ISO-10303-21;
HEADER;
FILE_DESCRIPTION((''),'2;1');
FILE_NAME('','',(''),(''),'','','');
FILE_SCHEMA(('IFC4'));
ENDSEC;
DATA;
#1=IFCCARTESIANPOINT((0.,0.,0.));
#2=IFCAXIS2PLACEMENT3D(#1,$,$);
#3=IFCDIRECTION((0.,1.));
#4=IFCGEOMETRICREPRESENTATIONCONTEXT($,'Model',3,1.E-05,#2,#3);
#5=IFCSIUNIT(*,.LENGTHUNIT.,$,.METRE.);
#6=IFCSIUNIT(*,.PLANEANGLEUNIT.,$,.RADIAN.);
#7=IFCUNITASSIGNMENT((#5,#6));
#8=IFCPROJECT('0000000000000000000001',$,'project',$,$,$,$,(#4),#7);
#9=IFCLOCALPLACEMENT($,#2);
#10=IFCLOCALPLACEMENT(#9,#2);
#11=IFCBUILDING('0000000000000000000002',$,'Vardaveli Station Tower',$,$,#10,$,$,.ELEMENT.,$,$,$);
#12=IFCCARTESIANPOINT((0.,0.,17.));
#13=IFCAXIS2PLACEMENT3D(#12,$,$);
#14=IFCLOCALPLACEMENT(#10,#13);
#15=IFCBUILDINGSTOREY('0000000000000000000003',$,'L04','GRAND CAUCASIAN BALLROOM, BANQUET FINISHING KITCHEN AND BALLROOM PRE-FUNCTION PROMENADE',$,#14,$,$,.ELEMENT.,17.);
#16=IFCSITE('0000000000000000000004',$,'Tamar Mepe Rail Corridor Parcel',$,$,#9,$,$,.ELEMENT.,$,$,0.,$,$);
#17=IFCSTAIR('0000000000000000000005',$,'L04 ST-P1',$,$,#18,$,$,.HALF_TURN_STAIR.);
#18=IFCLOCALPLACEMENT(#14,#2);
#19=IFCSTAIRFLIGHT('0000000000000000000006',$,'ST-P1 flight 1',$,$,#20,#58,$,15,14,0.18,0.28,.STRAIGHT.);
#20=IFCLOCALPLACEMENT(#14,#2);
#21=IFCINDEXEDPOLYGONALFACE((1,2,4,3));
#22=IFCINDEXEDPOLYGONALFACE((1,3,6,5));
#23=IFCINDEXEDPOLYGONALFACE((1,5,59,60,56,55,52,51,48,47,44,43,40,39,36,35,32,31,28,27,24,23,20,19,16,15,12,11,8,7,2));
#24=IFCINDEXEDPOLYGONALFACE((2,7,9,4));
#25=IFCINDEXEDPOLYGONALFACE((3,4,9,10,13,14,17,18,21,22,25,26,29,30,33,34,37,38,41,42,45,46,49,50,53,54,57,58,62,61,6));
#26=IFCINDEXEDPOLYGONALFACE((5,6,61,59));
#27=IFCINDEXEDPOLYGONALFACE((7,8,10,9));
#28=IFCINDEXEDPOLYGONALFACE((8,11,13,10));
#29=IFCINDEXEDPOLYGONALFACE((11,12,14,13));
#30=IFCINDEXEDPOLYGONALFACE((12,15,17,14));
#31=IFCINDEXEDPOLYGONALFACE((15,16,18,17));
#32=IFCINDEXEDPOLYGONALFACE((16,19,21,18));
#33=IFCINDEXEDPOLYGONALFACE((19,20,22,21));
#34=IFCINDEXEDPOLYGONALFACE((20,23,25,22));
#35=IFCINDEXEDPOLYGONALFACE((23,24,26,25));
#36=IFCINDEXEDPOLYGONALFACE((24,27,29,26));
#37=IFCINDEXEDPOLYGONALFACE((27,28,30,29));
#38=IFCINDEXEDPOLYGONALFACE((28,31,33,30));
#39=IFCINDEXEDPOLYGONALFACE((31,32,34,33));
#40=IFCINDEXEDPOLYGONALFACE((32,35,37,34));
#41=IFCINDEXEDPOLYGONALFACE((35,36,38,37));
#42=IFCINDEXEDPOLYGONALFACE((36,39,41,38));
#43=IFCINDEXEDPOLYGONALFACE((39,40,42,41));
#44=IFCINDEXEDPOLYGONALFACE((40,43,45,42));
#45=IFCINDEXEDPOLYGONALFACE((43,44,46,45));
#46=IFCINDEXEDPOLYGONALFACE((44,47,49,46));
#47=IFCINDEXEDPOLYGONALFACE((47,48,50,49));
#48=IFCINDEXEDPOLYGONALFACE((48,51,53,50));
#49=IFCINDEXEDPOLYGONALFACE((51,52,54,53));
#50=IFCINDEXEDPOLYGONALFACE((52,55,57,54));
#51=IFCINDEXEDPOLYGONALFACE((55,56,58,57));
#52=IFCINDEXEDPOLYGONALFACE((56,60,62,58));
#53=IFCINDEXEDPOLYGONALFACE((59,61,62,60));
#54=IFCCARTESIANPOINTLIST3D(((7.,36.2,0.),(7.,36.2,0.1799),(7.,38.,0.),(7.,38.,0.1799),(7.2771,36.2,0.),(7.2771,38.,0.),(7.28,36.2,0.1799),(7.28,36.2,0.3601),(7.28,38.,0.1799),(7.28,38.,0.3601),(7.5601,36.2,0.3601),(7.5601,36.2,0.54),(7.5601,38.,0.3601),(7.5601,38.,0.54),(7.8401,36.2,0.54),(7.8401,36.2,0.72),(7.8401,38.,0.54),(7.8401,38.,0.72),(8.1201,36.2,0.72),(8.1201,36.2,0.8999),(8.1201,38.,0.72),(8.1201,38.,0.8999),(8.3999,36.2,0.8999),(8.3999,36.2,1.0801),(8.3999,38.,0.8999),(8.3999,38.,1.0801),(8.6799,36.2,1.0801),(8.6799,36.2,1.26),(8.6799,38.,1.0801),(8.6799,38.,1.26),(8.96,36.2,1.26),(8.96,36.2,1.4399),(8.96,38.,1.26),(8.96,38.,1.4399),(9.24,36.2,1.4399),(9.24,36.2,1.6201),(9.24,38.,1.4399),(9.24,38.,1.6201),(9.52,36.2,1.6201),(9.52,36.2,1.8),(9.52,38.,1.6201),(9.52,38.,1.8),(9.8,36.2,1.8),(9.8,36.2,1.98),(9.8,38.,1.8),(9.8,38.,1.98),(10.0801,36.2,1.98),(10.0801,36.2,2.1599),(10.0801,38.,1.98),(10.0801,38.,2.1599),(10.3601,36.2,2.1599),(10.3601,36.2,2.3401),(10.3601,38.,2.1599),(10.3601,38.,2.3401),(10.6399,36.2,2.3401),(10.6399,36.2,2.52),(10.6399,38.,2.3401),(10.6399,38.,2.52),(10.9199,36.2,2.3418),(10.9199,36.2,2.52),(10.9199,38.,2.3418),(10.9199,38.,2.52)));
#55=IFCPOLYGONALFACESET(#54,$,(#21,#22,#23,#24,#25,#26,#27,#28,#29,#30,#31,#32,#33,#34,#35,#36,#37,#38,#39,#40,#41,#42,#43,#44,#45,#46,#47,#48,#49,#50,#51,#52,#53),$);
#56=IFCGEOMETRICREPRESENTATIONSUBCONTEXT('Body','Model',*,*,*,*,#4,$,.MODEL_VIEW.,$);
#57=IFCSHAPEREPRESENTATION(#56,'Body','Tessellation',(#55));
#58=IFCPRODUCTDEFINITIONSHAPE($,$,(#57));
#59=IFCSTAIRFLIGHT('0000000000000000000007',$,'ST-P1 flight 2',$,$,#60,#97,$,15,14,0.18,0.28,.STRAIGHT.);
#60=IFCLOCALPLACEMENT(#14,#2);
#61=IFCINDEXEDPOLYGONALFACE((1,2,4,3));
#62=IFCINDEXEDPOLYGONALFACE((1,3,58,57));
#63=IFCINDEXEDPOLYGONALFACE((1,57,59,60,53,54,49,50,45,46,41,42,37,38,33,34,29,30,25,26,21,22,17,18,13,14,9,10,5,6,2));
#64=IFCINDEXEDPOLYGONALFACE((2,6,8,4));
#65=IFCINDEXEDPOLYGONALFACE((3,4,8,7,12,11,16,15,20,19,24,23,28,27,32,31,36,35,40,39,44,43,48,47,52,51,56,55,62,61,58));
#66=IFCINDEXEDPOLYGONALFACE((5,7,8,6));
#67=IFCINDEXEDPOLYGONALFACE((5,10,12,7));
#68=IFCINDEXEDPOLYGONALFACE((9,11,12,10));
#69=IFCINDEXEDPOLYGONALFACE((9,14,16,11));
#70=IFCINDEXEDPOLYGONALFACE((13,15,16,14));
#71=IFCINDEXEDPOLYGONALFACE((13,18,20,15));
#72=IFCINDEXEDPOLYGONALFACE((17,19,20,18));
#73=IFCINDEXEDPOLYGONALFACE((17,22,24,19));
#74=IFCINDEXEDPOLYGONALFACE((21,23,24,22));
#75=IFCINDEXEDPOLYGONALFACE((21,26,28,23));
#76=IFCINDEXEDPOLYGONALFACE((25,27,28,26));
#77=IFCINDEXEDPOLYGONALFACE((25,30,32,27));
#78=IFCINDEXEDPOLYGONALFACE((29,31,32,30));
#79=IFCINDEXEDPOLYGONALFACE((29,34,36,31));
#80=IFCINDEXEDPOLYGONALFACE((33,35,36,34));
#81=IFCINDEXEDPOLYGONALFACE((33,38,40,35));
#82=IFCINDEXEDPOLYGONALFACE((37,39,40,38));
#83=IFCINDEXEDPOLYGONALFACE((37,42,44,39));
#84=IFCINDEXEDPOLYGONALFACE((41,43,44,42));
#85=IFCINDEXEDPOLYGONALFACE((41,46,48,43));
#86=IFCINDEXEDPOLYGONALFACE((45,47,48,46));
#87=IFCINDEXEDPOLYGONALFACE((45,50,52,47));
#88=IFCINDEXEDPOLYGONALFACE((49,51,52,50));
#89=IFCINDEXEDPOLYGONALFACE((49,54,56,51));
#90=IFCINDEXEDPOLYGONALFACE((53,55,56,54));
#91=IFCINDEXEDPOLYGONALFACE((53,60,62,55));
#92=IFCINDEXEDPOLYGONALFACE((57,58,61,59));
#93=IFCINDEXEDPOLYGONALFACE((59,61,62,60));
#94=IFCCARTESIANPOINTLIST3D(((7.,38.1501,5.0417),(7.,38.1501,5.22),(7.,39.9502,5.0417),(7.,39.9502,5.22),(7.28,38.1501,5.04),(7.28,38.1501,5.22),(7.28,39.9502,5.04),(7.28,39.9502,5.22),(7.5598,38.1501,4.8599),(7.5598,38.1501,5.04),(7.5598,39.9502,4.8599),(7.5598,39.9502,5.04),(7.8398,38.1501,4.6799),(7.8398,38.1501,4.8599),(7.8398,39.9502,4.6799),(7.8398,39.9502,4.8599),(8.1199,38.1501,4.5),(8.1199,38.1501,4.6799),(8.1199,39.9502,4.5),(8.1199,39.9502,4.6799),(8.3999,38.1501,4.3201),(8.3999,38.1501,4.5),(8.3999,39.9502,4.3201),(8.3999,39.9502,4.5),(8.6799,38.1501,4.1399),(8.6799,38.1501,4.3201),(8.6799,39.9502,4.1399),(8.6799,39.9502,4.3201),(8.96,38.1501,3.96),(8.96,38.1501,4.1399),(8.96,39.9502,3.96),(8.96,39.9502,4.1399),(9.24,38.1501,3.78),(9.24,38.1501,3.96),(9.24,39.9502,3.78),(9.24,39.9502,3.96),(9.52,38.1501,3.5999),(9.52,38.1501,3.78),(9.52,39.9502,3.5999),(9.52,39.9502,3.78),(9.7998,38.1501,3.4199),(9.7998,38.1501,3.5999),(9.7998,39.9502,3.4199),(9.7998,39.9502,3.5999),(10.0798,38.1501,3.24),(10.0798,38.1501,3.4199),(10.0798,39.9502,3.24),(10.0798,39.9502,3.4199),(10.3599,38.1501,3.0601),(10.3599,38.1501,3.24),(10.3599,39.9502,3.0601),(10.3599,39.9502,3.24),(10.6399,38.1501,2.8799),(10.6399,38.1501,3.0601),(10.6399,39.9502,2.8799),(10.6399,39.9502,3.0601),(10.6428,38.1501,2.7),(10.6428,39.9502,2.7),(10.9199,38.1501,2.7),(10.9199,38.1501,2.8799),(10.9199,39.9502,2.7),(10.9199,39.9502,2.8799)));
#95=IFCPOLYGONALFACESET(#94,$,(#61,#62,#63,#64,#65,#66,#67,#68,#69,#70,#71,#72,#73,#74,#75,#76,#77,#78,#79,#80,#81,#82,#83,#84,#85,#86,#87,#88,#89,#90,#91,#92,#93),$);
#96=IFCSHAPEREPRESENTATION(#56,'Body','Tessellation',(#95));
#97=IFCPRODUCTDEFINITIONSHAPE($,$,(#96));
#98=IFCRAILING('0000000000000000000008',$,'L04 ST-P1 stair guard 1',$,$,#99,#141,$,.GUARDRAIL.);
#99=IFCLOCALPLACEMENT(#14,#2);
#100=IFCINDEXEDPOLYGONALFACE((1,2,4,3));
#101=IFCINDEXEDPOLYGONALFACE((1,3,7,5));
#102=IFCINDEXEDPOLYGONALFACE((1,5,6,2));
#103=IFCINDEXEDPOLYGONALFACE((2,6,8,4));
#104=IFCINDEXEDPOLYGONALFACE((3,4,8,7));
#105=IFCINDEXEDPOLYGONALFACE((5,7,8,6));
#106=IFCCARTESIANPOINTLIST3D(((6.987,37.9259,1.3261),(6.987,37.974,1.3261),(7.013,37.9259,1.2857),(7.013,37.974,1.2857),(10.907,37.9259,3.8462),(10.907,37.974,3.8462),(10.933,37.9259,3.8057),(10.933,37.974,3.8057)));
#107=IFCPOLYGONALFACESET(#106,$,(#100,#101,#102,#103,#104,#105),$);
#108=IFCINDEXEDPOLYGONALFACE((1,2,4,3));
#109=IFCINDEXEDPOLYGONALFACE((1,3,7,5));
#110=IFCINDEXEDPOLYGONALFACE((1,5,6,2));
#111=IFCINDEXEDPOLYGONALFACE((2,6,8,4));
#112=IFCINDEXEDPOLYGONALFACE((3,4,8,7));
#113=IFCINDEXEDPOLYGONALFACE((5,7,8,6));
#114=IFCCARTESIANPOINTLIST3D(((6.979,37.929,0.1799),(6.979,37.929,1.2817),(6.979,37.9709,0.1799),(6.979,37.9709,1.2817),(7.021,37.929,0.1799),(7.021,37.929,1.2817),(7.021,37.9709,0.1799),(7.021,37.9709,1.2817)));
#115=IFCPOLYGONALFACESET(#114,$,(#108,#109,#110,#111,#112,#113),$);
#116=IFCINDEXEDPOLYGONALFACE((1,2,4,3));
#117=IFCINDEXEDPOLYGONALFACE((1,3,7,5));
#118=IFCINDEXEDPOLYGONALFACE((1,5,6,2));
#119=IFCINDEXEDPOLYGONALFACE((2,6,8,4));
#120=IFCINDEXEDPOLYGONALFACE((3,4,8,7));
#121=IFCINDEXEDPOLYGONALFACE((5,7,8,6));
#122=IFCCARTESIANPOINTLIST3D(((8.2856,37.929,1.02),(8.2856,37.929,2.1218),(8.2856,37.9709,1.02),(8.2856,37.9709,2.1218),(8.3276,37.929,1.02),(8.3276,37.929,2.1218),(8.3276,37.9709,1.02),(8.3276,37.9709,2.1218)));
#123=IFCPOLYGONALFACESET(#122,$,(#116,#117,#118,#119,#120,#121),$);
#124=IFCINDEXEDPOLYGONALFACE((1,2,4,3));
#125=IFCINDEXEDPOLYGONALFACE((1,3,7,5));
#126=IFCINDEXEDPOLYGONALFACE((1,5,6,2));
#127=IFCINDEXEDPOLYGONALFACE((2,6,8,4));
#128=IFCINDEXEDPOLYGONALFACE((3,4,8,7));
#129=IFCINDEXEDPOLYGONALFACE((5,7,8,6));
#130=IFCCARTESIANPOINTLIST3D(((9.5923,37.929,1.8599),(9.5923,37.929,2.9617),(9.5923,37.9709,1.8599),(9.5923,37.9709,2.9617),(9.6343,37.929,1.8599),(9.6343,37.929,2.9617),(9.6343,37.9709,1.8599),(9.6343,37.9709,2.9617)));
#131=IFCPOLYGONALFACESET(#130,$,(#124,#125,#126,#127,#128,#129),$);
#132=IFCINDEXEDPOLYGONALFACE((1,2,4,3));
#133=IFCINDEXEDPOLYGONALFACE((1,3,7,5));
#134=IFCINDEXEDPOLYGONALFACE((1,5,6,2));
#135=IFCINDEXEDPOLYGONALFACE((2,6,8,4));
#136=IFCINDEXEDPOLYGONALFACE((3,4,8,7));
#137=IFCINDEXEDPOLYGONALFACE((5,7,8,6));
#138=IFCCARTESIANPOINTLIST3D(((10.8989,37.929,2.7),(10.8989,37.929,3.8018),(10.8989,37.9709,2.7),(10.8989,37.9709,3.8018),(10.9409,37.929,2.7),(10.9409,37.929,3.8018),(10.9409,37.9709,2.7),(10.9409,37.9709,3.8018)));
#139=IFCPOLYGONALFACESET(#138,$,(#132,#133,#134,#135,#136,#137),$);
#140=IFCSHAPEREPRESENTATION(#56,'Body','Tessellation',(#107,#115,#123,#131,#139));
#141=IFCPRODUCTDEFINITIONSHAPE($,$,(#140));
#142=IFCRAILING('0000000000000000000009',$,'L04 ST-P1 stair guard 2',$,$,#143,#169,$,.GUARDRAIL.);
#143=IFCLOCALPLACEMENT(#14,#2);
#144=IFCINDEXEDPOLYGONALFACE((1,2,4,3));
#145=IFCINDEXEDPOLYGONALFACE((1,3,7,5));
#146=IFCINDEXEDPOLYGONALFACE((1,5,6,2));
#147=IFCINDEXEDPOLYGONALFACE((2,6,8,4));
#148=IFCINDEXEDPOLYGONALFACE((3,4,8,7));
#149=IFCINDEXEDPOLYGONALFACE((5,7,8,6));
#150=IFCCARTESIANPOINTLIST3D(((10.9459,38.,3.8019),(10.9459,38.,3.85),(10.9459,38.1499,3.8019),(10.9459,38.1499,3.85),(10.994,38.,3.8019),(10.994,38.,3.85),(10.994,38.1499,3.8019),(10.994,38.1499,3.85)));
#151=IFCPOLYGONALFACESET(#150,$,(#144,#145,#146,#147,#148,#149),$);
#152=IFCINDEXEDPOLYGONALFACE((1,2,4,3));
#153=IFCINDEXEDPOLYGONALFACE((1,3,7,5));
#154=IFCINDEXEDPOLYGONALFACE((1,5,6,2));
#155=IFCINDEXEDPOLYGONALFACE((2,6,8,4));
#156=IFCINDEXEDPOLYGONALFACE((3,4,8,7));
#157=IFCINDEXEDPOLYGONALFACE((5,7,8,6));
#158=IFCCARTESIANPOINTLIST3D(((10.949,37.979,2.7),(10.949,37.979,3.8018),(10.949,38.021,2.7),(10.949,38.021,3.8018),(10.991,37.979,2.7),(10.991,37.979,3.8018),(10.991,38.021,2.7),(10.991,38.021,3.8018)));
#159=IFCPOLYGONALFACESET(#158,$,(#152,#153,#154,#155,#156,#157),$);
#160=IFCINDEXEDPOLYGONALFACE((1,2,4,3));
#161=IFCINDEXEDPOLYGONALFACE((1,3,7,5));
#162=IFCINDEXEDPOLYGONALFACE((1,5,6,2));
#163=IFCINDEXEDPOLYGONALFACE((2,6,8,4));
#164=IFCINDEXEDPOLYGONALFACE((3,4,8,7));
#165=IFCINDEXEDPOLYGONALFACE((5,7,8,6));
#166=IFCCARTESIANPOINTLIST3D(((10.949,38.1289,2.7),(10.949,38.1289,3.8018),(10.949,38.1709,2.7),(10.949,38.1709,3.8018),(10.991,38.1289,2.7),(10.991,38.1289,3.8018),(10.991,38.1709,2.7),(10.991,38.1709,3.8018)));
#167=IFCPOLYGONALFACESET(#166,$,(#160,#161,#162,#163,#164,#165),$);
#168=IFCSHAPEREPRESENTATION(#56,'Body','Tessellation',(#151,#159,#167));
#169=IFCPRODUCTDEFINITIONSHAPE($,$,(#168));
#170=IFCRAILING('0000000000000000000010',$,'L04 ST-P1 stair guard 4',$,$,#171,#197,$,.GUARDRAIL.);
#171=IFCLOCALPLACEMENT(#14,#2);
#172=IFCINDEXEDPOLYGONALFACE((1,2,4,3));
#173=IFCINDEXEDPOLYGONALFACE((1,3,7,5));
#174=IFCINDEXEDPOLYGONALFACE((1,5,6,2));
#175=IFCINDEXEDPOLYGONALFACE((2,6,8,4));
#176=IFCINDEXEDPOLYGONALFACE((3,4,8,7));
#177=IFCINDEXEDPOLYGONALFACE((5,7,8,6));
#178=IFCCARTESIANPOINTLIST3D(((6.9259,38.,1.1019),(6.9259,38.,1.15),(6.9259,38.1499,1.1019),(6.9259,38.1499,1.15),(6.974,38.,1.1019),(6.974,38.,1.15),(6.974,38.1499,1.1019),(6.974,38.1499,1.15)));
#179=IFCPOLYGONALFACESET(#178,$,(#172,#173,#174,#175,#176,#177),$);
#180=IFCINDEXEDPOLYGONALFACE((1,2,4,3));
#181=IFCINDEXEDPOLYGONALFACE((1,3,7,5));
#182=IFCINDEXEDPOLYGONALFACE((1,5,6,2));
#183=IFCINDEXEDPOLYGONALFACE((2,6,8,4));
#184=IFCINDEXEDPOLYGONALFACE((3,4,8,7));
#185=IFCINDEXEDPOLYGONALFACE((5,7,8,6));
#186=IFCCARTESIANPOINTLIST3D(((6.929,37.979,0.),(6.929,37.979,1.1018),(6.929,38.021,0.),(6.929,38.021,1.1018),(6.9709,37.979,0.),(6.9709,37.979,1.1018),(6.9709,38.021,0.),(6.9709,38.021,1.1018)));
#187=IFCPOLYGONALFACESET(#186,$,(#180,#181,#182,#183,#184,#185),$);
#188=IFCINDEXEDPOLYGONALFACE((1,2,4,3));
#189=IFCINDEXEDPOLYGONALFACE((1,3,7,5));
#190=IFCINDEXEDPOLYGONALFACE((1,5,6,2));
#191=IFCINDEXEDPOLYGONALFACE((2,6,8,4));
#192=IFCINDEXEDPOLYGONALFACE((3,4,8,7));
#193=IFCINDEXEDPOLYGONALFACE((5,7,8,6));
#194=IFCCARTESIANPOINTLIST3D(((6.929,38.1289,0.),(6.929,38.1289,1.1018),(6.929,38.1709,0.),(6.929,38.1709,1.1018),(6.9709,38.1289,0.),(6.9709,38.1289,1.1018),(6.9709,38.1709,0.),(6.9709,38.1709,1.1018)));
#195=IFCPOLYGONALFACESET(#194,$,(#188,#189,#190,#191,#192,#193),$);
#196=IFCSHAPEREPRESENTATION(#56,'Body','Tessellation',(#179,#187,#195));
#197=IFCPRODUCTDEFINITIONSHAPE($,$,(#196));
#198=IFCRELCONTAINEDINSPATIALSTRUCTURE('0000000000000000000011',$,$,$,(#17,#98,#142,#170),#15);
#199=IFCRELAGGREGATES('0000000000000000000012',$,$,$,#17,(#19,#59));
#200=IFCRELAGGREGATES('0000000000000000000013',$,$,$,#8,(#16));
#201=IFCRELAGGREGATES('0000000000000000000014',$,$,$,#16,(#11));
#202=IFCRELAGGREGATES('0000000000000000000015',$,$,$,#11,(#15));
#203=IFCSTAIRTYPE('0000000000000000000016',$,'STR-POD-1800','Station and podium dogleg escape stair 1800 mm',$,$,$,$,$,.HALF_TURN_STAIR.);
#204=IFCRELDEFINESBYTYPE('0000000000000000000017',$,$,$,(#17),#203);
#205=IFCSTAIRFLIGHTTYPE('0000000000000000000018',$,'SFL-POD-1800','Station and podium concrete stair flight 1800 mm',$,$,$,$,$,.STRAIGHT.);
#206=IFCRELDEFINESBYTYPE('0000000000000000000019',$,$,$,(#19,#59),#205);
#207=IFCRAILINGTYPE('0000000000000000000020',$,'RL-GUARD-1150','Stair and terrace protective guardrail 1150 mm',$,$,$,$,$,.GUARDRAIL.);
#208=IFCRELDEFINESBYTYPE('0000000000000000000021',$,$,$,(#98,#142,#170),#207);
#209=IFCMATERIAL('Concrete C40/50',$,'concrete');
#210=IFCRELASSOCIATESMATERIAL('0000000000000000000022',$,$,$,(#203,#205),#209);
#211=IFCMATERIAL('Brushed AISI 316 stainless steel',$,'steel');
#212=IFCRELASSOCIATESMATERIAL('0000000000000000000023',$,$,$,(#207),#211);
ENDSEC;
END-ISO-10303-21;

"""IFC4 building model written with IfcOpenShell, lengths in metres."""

from ifc_helpers import new_model, si_unit, direction, frame, origin, origin_2d, place, context, subcontext, project, spatial, polyline, rectangle, outline, extrude, source, transform, mapped, material, type_object, element, aggregate, save


model = new_model("IFC4")

# Units and contexts
model_context = context("Model", 3, precision=1e-05, world=origin(), true_north=direction((0.0, 1.0)))
body_context = subcontext(model_context, "Body", "Model", "MODEL_VIEW")
ifc_project = project(units=[si_unit("LENGTHUNIT", "METRE"), si_unit("PLANEANGLEUNIT", "RADIAN")], contexts=[model_context])

# Site, building, storey
site_placement = place(None, origin())
site = spatial("IfcSite", under=ifc_project, at=site_placement, Name="Tamar Mepe Rail Corridor Parcel", CompositionType="ELEMENT", RefElevation=0.0)
building_placement = place(site_placement, origin())
building = spatial("IfcBuilding", under=site, at=building_placement, Name="Vardaveli Station Tower", CompositionType="ELEMENT")
storey_placement = place(building_placement, frame((0.0, 0.0, 17.0)))
storey = spatial("IfcBuildingStorey", under=building, at=storey_placement, Name="L04", Description="GRAND CAUCASIAN BALLROOM, BANQUET FINISHING KITCHEN AND BALLROOM PRE-FUNCTION PROMENADE", CompositionType="ELEMENT", Elevation=17.0)

# Shared definitions
ifc_material_1 = material(Name="Concrete C40/50", Category="concrete")

# Stair, stair flights
stair_type = type_object("IfcStairType", Name="STR-POD-1800", Description="Station and podium dogleg escape stair 1800 mm", PredefinedType="HALF_TURN_STAIR", material=ifc_material_1)
stair_placement = place(storey_placement, origin())
stair = element("IfcStair", 1, at=stair_placement, inside=storey, type_object=stair_type, Name="L04 ST-P1", PredefinedType="HALF_TURN_STAIR")
stair_flight_type = type_object("IfcStairFlightType", Name="SFL-POD-1800", Description="Station and podium concrete stair flight 1800 mm", PredefinedType="STRAIGHT", material=ifc_material_1)
shared_shape_1 = source(origin(), body_context, "Body", "SweptSolid", [
    extrude(outline(polyline([(0.0, 0.0), (0.0, 0.1799), (0.28, 0.1799), (0.28, 0.3601), (0.5601, 0.3601), (0.5601, 0.54), (0.8401, 0.54), (0.8401, 0.72), (1.1201, 0.72), (1.1201, 0.8999), (1.3999, 0.8999), (1.3999, 1.0801), (1.6799, 1.0801), (1.6799, 1.26), (1.96, 1.26), (1.96, 1.4399), (2.24, 1.4399), (2.24, 1.6201), (2.52, 1.6201), (2.52, 1.8), (2.8, 1.8), (2.8, 1.98), (3.0801, 1.98), (3.0801, 2.1599), (3.3601, 2.1599), (3.3601, 2.3401), (3.6399, 2.3401), (3.6399, 2.52), (3.9199, 2.52), (3.9199, 2.7), (3.9199, 2.3418), (0.2771, 0.0), (0.0, 0.0)])), frame((0.0, 0.8999, 0.0), z_axis=(0.0, -1.0, 0.0), x_axis=(1.0, 0.0, 0.0)), (0.0, 0.0, 1.0), 1.8),
])
stair_flight_1_placement = place(storey_placement, frame((7.0, 37.1001, 0.0), z_axis=(0.0, 0.0, 1.0), x_axis=(1.0, 0.0, 0.0)))
stair_flight_1 = element("IfcStairFlight", 2, at=stair_flight_1_placement, type_object=stair_flight_type, Name="ST-P1 flight 1", NumberOfRisers=15, NumberOfTreads=14, PredefinedType="STRAIGHT", RiserHeight=0.18, TreadLength=0.28, context=body_context, shape_type="MappedRepresentation", body=[
    mapped(shared_shape_1, transform((0.0, 0.0, 0.0), scale=1.0)),
])
stair_flight_2_placement = place(storey_placement, frame((10.9199, 39.05, 2.7), z_axis=(0.0, 0.0, 1.0), x_axis=(-1.0, 0.0, 0.0)))
stair_flight_2 = element("IfcStairFlight", 3, at=stair_flight_2_placement, type_object=stair_flight_type, Name="ST-P1 flight 2", NumberOfRisers=15, NumberOfTreads=14, PredefinedType="STRAIGHT", RiserHeight=0.18, TreadLength=0.28, context=body_context, shape_type="MappedRepresentation", body=[
    mapped(shared_shape_1, transform((0.0, 0.0, 0.0), scale=1.0)),
])
aggregate(stair, [stair_flight_1, stair_flight_2])

# Railings
ifc_material_2 = material(Name="Brushed AISI 316 stainless steel", Category="steel")
railing_type_1 = type_object("IfcRailingType", Name="RL-GUARD-1150", Description="Stair and terrace protective guardrail 1150 mm", PredefinedType="GUARDRAIL", material=ifc_material_2)
shared_shape_2 = source(origin(), body_context, "Body", "SweptSolid", [
    extrude(rectangle(XDim=0.0481, YDim=0.0481, at=origin_2d()), frame((0.0, 0.0, 1.126), z_axis=(0.841172, 0.0, 0.540768), x_axis=(0.0, 1.0, 0.0)), (0.0, 0.0, 1.0), 4.6602),
    extrude(rectangle(XDim=0.042, YDim=0.042, at=origin_2d()), origin(), (0.0, 0.0, 1.0), 1.1018),
    extrude(rectangle(XDim=0.042, YDim=0.042, at=origin_2d()), frame((1.3066, 0.0, 0.8401)), (0.0, 0.0, 1.0), 1.1018),
    extrude(rectangle(XDim=0.042, YDim=0.042, at=origin_2d()), frame((2.6133, 0.0, 1.6799)), (0.0, 0.0, 1.0), 1.1018),
    extrude(rectangle(XDim=0.042, YDim=0.042, at=origin_2d()), frame((3.9199, 0.0, 2.52)), (0.0, 0.0, 1.0), 1.1018),
])
railing_1_placement = place(storey_placement, frame((7.0, 37.95, 0.1799)))
element("IfcRailing", 4, at=railing_1_placement, inside=storey, type_object=railing_type_1, Name="L04 ST-P1 stair guard 1", PredefinedType="GUARDRAIL", context=body_context, shape_type="MappedRepresentation", body=[
    mapped(shared_shape_2, transform((0.0, 0.0, 0.0), scale=1.0)),
])
shared_shape_3 = source(origin(), body_context, "Body", "SweptSolid", [
    extrude(rectangle(XDim=0.0481, YDim=0.0481, at=origin_2d()), frame((0.0, 0.0, 1.126), z_axis=(0.0, 1.0, 0.0), x_axis=(-1.0, 0.0, 0.0)), (0.0, 0.0, 1.0), 0.1499),
    extrude(rectangle(XDim=0.042, YDim=0.042, at=origin_2d()), origin(), (0.0, 0.0, 1.0), 1.1018),
    extrude(rectangle(XDim=0.042, YDim=0.042, at=origin_2d()), frame((0.0, 0.1499, 0.0)), (0.0, 0.0, 1.0), 1.1018),
])
for number, where, name in (
    (5, (10.97, 38.0, 2.7), "L04 ST-P1 stair guard 2"),
    (6, (6.95, 38.0, 0.0), "L04 ST-P1 stair guard 4"),
):
    element("IfcRailing", number, at=place(storey_placement, frame(where)), inside=storey, type_object=railing_type_1, Name=name, PredefinedType="GUARDRAIL", context=body_context, shape_type="MappedRepresentation", body=[
        mapped(shared_shape_3, transform((0.0, 0.0, 0.0), scale=1.0)),
    ])

save(model, "model.ifc")
